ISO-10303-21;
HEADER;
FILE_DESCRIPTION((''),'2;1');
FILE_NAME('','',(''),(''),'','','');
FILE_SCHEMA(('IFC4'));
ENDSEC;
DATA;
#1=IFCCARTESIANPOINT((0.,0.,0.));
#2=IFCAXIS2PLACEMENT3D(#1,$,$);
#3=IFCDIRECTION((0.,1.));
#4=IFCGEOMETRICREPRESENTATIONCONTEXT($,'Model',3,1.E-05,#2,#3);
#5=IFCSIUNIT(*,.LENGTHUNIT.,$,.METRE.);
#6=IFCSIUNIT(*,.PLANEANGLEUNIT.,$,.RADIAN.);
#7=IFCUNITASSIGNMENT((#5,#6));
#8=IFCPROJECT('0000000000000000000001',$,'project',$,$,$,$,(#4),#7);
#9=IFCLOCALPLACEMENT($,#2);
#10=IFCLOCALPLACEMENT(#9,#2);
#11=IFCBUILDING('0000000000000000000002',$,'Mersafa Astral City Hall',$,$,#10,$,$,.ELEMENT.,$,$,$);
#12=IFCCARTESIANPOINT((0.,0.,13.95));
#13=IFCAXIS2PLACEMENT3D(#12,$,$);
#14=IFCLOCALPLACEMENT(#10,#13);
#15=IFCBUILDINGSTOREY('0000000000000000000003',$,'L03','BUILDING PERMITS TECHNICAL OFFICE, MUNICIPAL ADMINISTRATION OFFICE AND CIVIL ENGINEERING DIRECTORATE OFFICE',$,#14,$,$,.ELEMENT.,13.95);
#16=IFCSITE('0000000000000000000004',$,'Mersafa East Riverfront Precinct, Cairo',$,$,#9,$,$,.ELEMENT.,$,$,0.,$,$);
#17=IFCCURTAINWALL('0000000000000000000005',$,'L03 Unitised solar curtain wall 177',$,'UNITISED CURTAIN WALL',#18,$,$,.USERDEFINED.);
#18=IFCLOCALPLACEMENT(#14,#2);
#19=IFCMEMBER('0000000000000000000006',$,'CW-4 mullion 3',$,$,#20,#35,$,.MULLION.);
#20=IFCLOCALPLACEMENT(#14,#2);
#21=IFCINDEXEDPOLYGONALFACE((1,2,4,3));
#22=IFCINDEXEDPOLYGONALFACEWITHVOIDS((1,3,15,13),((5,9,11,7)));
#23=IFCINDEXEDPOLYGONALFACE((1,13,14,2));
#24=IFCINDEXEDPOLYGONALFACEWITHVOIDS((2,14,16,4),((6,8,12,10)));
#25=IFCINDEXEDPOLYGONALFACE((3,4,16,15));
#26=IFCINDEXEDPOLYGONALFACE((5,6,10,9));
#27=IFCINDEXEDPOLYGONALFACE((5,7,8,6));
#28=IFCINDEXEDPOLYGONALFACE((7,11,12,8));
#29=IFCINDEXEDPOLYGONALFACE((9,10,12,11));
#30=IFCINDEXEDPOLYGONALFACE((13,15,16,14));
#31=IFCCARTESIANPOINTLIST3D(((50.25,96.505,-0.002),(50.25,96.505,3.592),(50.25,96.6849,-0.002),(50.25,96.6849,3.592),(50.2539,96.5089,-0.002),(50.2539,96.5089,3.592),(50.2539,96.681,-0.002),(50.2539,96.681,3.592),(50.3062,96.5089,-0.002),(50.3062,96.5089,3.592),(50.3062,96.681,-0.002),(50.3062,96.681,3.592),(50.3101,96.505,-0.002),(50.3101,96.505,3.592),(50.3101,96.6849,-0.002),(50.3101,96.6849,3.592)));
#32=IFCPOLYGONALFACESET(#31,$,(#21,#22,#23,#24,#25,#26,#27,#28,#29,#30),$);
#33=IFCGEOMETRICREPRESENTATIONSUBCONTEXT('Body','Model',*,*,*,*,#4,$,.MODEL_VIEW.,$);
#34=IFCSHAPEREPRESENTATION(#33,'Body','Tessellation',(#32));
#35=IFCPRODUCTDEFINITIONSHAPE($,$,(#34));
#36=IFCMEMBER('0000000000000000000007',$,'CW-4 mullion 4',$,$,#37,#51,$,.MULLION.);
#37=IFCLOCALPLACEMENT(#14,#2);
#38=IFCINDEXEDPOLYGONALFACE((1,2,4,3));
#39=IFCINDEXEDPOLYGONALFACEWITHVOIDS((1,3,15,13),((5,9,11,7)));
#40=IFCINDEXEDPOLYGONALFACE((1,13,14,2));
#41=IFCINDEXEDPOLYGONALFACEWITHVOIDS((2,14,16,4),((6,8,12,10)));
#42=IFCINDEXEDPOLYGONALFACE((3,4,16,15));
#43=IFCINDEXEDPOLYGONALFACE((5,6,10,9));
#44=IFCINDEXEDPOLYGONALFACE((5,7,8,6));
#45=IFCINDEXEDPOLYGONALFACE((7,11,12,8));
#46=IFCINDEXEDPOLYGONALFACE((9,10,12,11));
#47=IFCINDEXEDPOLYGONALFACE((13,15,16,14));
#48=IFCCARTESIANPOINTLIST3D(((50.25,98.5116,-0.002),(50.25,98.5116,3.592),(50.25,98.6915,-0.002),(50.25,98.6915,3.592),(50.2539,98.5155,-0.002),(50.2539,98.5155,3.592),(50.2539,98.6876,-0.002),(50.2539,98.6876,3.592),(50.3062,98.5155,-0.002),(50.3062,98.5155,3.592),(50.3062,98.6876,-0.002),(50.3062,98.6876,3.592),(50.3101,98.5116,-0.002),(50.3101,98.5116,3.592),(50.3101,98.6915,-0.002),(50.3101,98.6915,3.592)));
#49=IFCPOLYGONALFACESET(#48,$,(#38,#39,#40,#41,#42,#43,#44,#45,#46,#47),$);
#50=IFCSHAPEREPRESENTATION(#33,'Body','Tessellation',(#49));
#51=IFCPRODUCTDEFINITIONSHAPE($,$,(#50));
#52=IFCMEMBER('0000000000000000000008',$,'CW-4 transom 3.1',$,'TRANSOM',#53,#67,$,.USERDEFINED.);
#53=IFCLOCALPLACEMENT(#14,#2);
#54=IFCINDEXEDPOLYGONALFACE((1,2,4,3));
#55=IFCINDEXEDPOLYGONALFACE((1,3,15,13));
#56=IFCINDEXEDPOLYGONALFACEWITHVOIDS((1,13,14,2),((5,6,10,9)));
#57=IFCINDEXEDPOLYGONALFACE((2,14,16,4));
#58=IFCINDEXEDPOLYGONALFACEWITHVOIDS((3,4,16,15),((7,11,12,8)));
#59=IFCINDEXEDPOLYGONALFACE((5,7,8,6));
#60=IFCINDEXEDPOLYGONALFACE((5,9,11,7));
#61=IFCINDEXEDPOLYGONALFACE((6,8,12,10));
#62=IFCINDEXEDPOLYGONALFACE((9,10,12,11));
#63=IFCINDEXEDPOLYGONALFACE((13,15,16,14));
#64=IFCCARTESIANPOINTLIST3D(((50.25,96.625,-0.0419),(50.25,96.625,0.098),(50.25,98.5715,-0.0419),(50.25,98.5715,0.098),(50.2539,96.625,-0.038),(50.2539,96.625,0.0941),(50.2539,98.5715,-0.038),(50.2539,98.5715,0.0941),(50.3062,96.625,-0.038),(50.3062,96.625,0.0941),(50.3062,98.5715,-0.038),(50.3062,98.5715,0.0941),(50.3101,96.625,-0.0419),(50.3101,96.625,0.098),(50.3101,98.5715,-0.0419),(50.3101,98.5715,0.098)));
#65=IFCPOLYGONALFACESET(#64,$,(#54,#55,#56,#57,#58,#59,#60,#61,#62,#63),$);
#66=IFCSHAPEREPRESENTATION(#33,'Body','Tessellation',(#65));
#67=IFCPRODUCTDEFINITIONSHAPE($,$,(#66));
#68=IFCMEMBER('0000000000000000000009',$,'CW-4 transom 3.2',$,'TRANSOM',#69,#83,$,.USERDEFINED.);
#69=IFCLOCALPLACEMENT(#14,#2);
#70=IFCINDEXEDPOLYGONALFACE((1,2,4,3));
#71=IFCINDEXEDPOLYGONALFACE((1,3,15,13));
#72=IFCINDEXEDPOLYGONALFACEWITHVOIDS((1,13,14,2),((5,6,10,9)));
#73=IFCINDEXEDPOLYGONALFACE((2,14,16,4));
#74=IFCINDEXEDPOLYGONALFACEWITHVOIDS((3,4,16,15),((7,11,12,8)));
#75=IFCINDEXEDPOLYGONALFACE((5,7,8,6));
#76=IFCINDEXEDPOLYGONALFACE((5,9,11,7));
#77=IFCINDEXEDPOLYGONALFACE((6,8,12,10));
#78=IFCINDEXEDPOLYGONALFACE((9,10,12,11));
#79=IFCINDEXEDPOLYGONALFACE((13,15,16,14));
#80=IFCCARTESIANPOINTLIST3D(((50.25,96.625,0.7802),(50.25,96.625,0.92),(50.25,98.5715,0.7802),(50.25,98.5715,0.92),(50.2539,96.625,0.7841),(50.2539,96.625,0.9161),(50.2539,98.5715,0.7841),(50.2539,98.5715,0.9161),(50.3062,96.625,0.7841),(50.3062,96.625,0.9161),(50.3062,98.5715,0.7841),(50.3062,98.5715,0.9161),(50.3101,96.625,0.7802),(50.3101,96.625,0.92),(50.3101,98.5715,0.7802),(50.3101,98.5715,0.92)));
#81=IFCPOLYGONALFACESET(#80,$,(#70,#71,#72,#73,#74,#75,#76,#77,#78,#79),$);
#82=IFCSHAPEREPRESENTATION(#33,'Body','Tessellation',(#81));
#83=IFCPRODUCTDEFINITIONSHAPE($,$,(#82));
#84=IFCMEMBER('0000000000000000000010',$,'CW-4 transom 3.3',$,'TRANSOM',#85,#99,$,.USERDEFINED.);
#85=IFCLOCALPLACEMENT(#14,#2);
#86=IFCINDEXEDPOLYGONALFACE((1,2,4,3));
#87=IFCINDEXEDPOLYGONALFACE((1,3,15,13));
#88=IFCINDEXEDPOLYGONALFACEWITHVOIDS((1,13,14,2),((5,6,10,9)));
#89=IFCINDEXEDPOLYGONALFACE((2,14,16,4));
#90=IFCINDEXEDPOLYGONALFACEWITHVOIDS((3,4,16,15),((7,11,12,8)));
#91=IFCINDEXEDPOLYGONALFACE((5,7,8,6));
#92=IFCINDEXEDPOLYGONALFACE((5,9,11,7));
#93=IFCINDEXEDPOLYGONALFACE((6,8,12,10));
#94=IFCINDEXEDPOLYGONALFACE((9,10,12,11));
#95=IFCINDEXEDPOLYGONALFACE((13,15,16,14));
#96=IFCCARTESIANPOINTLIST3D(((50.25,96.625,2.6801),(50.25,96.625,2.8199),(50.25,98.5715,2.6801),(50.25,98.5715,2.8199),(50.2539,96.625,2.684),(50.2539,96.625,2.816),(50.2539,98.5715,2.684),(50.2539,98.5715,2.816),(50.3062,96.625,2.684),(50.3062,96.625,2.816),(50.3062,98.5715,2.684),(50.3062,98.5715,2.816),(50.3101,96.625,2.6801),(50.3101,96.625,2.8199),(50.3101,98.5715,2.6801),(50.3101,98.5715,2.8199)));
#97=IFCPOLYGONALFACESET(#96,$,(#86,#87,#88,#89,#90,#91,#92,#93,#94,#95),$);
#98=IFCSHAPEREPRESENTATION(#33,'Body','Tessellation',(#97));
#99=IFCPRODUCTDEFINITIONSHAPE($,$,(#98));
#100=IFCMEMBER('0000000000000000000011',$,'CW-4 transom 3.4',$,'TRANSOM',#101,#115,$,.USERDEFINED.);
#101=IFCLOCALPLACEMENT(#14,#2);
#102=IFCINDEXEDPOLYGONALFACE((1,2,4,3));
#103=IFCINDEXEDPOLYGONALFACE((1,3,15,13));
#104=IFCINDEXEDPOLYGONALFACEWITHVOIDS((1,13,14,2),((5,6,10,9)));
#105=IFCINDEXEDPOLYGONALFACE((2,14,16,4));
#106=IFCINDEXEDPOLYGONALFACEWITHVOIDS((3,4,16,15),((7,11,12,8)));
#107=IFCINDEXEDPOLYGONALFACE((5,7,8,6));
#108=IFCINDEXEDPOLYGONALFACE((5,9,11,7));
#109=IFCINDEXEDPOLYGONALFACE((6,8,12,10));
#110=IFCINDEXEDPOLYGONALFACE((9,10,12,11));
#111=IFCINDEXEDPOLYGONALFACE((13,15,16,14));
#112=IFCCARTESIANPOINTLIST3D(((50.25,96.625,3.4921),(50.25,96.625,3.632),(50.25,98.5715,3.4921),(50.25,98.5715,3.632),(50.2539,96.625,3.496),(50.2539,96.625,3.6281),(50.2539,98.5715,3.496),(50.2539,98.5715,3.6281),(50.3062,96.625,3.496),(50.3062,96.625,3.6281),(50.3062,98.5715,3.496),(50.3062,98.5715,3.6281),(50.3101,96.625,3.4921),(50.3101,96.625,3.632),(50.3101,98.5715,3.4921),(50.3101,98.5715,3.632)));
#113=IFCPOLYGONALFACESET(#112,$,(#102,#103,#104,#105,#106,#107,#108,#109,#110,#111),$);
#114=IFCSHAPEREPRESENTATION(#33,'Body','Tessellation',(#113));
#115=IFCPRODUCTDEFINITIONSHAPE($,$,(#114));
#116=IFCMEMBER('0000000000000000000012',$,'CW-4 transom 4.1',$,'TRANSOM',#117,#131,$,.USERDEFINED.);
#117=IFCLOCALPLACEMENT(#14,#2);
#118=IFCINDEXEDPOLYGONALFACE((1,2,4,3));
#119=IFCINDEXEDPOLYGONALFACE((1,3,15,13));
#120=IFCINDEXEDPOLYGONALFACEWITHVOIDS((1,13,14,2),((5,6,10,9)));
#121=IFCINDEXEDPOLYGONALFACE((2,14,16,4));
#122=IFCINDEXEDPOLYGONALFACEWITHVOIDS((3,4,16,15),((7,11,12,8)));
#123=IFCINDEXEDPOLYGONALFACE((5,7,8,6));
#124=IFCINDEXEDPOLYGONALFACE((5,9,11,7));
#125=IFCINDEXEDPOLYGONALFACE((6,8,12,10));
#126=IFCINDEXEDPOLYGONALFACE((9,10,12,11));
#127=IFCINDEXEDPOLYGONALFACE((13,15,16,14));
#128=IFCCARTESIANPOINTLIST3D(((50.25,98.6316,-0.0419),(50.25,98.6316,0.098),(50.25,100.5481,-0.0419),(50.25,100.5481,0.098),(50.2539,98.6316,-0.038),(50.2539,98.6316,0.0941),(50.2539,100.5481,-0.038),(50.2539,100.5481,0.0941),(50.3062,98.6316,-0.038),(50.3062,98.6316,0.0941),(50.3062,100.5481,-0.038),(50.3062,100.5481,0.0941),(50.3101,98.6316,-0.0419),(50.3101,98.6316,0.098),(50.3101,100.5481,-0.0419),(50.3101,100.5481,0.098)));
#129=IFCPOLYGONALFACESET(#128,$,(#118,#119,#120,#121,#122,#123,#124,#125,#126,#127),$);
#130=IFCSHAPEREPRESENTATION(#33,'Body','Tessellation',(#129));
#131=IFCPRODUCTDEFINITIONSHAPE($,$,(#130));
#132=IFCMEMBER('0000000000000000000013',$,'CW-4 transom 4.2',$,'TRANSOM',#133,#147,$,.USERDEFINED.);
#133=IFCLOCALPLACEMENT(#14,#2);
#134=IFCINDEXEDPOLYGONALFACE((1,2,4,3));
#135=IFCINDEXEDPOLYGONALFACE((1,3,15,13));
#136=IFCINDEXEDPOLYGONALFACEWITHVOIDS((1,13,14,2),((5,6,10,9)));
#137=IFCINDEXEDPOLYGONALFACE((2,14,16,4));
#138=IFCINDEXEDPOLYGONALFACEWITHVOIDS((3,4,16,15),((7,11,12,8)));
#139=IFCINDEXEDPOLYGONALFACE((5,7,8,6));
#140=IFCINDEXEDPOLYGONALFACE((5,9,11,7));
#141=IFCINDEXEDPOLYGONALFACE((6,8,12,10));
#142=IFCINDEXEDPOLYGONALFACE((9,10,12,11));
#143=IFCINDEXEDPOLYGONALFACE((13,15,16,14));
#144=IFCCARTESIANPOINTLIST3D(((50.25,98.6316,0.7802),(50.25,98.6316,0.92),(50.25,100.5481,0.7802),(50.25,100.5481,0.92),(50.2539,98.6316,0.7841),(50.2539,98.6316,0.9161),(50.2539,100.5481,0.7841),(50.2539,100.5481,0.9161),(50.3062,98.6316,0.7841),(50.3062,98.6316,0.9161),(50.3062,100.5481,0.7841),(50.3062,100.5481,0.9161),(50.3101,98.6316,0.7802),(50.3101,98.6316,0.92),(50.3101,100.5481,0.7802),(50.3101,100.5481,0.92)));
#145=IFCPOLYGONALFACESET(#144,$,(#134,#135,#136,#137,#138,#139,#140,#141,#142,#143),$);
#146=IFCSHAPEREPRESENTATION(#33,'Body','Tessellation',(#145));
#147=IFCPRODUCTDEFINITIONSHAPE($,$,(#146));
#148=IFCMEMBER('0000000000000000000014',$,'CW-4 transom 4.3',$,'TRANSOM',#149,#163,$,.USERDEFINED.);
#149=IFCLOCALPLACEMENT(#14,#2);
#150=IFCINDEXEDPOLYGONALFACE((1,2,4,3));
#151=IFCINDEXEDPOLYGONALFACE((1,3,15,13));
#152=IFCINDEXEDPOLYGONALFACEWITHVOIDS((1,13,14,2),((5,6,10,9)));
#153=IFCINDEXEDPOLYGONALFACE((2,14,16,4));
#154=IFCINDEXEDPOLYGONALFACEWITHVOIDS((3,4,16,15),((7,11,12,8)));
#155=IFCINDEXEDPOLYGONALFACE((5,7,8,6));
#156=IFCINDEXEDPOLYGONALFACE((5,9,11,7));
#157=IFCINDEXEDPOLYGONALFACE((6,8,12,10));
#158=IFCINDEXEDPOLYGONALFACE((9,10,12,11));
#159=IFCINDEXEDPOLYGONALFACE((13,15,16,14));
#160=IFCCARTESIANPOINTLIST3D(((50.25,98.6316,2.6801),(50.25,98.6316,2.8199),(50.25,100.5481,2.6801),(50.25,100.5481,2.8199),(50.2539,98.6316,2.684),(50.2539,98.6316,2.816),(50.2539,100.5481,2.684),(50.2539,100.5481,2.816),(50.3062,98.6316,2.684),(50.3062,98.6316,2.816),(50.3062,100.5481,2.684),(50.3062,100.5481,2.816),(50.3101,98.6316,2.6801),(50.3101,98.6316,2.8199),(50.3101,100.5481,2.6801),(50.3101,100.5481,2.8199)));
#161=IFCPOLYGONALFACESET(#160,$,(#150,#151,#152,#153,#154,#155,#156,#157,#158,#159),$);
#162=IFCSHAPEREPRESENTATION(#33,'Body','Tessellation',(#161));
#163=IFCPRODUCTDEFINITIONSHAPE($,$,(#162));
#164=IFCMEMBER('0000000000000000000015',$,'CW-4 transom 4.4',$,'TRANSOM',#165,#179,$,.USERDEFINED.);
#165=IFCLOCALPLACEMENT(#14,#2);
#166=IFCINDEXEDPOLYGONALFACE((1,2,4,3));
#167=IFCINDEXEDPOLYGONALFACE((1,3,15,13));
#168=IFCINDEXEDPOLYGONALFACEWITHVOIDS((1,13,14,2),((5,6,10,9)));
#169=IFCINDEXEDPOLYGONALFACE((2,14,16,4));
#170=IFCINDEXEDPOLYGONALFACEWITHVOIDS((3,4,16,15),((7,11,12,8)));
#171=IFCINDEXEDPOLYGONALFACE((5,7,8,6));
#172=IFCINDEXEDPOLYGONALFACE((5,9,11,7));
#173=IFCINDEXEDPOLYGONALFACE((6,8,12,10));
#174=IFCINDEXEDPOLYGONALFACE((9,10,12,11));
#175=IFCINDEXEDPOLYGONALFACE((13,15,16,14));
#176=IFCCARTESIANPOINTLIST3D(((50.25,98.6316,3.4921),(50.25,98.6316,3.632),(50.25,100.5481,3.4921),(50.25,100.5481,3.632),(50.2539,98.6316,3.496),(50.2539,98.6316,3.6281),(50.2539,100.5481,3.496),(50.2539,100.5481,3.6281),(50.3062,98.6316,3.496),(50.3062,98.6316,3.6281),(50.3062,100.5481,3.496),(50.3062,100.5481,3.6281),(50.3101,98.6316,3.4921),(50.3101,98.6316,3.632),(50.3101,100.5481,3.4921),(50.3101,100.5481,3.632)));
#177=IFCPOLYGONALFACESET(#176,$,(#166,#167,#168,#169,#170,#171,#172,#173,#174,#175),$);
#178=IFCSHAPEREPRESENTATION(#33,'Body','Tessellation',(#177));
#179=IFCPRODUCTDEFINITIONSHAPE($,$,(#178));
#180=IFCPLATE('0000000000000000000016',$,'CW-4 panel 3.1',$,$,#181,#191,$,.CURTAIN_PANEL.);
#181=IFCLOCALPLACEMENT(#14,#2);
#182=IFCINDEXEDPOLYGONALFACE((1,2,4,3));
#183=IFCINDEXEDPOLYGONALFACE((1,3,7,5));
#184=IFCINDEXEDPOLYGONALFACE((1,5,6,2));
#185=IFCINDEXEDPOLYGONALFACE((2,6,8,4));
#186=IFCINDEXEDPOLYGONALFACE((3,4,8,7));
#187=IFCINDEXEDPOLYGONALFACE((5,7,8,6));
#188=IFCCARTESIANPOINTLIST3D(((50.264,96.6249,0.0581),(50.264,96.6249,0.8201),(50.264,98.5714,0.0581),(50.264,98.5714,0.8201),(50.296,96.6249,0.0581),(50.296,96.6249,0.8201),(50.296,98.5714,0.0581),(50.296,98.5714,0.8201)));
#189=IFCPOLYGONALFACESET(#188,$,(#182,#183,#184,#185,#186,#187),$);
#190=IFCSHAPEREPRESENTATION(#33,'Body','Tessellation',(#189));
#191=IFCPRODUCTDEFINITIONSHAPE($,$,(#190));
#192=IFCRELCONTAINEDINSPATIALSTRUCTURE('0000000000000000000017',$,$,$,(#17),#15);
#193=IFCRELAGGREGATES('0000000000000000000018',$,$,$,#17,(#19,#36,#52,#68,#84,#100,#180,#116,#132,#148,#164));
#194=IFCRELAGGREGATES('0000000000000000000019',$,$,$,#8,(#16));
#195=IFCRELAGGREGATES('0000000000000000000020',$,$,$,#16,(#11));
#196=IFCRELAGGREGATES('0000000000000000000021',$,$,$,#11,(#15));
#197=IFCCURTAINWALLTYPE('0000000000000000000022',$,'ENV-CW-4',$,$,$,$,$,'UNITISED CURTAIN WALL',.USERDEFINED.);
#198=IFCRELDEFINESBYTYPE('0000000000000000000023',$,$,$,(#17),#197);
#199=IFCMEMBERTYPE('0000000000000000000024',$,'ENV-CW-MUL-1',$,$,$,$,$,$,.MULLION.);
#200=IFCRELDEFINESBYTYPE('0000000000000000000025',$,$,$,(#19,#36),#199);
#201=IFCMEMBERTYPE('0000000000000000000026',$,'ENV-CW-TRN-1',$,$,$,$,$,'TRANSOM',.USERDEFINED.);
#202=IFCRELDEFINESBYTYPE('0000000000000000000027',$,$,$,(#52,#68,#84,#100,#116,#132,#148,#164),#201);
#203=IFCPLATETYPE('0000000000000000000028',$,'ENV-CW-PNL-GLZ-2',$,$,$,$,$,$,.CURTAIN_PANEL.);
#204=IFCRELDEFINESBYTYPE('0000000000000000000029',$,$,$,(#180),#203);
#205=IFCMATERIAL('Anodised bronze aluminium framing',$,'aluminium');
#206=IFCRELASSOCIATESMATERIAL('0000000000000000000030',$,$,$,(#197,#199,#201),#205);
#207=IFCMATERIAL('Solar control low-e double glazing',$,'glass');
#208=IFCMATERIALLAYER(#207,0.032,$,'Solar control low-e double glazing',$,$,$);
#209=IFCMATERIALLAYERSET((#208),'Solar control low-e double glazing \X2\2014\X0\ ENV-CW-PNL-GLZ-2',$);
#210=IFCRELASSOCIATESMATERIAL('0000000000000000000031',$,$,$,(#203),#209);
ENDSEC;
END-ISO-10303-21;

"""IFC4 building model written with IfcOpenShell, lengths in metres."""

from ifc_helpers import new_model, si_unit, direction, frame, origin, origin_2d, place, context, subcontext, project, spatial, rectangle, hollow_rectangle, extrude, material, layer, layer_set, material_profile, profile_set, type_object, element, aggregate, save


model = new_model("IFC4")

# Units and contexts
model_context = context("Model", 3, precision=1e-05, world=origin(), true_north=direction((0.0, 1.0)))
body_context = subcontext(model_context, "Body", "Model", "MODEL_VIEW")
ifc_project = project(units=[si_unit("LENGTHUNIT", "METRE"), si_unit("PLANEANGLEUNIT", "RADIAN")], contexts=[model_context])

# Site, building, storey
site_placement = place(None, origin())
site = spatial("IfcSite", under=ifc_project, at=site_placement, Name="Mersafa East Riverfront Precinct, Cairo", CompositionType="ELEMENT", RefElevation=0.0)
building_placement = place(site_placement, origin())
building = spatial("IfcBuilding", under=site, at=building_placement, Name="Mersafa Astral City Hall", CompositionType="ELEMENT")
storey_placement = place(building_placement, frame((0.0, 0.0, 13.95)))
storey = spatial("IfcBuildingStorey", under=building, at=storey_placement, Name="L03", Description="BUILDING PERMITS TECHNICAL OFFICE, MUNICIPAL ADMINISTRATION OFFICE AND CIVIL ENGINEERING DIRECTORATE OFFICE", CompositionType="ELEMENT", Elevation=13.95)

# Curtain wall, members, plate
ifc_material_1 = material(Name="Anodised bronze aluminium framing", Category="aluminium")
curtain_wall_type = type_object("IfcCurtainWallType", Name="ENV-CW-4", ElementType="UNITISED CURTAIN WALL", PredefinedType="USERDEFINED", material=ifc_material_1)
curtain_wall_placement = place(storey_placement, origin())
curtain_wall = element("IfcCurtainWall", 1, at=curtain_wall_placement, inside=storey, type_object=curtain_wall_type, Name="L03 Unitised solar curtain wall 177", ObjectType="UNITISED CURTAIN WALL", PredefinedType="USERDEFINED")
ifc_material_profile_1 = material_profile(ifc_material_1, hollow_rectangle(XDim=0.0601, YDim=0.1799, WallThickness=0.0039, at=origin_2d()), Name="RHS 60x180x4")
ifc_profile_set_1 = profile_set([ifc_material_profile_1], Name="Anodised bronze aluminium framing")
member_type_1 = type_object("IfcMemberType", Name="ENV-CW-MUL-1", PredefinedType="MULLION", material=ifc_profile_set_1)
member_1_placement = place(storey_placement, frame((50.28, 96.595, -0.002), z_axis=(0.0, 0.0, 1.0), x_axis=(-1.0, 0.0, 0.0)))
member_1 = element("IfcMember", 2, at=member_1_placement, type_object=member_type_1, Name="CW-4 mullion 3", PredefinedType="MULLION", context=body_context, shape_type="SweptSolid", body=[
    extrude(hollow_rectangle(XDim=0.0601, YDim=0.1799, WallThickness=0.0039, at=origin_2d()), origin(), (0.0, 0.0, 1.0), 3.594),
])
member_2_placement = place(storey_placement, frame((50.28, 98.6016, -0.002), z_axis=(0.0, 0.0, 1.0), x_axis=(-1.0, 0.0, 0.0)))
member_2 = element("IfcMember", 3, at=member_2_placement, type_object=member_type_1, Name="CW-4 mullion 4", PredefinedType="MULLION", context=body_context, shape_type="SweptSolid", body=[
    extrude(hollow_rectangle(XDim=0.0601, YDim=0.1799, WallThickness=0.0039, at=origin_2d()), origin(), (0.0, 0.0, 1.0), 3.594),
])
ifc_material_profile_2 = material_profile(ifc_material_1, hollow_rectangle(XDim=0.0601, YDim=0.1399, WallThickness=0.0039, at=origin_2d()), Name="RHS 60x140x4")
ifc_profile_set_2 = profile_set([ifc_material_profile_2], Name="Anodised bronze aluminium framing")
member_type_2 = type_object("IfcMemberType", Name="ENV-CW-TRN-1", ElementType="TRANSOM", PredefinedType="USERDEFINED", material=ifc_profile_set_2)
member_3_placement = place(storey_placement, frame((50.28, 96.625, 0.0281), z_axis=(0.0, 1.0, 0.0), x_axis=(-1.0, 0.0, 0.0)))
member_3 = element("IfcMember", 4, at=member_3_placement, type_object=member_type_2, Name="CW-4 transom 3.1", ObjectType="TRANSOM", PredefinedType="USERDEFINED", context=body_context, shape_type="SweptSolid", body=[
    extrude(hollow_rectangle(XDim=0.0601, YDim=0.1399, WallThickness=0.0039, at=origin_2d()), origin(), (0.0, 0.0, 1.0), 1.9465),
])
member_4_placement = place(storey_placement, frame((50.28, 96.625, 0.8501), z_axis=(0.0, 1.0, 0.0), x_axis=(-1.0, 0.0, 0.0)))
member_4 = element("IfcMember", 5, at=member_4_placement, type_object=member_type_2, Name="CW-4 transom 3.2", ObjectType="TRANSOM", PredefinedType="USERDEFINED", context=body_context, shape_type="SweptSolid", body=[
    extrude(hollow_rectangle(XDim=0.0601, YDim=0.1399, WallThickness=0.0039, at=origin_2d()), origin(), (0.0, 0.0, 1.0), 1.9465),
])
member_5_placement = place(storey_placement, frame((50.28, 96.625, 2.75), z_axis=(0.0, 1.0, 0.0), x_axis=(-1.0, 0.0, 0.0)))
member_5 = element("IfcMember", 6, at=member_5_placement, type_object=member_type_2, Name="CW-4 transom 3.3", ObjectType="TRANSOM", PredefinedType="USERDEFINED", context=body_context, shape_type="SweptSolid", body=[
    extrude(hollow_rectangle(XDim=0.0601, YDim=0.1399, WallThickness=0.0039, at=origin_2d()), origin(), (0.0, 0.0, 1.0), 1.9465),
])
member_6_placement = place(storey_placement, frame((50.28, 96.625, 3.562), z_axis=(0.0, 1.0, 0.0), x_axis=(-1.0, 0.0, 0.0)))
member_6 = element("IfcMember", 7, at=member_6_placement, type_object=member_type_2, Name="CW-4 transom 3.4", ObjectType="TRANSOM", PredefinedType="USERDEFINED", context=body_context, shape_type="SweptSolid", body=[
    extrude(hollow_rectangle(XDim=0.0601, YDim=0.1399, WallThickness=0.0039, at=origin_2d()), origin(), (0.0, 0.0, 1.0), 1.9465),
])
member_7_placement = place(storey_placement, frame((50.28, 98.6316, 0.0281), z_axis=(0.0, 1.0, 0.0), x_axis=(-1.0, 0.0, 0.0)))
member_7 = element("IfcMember", 8, at=member_7_placement, type_object=member_type_2, Name="CW-4 transom 4.1", ObjectType="TRANSOM", PredefinedType="USERDEFINED", context=body_context, shape_type="SweptSolid", body=[
    extrude(hollow_rectangle(XDim=0.0601, YDim=0.1399, WallThickness=0.0039, at=origin_2d()), origin(), (0.0, 0.0, 1.0), 1.9165),
])
member_8_placement = place(storey_placement, frame((50.28, 98.6316, 0.8501), z_axis=(0.0, 1.0, 0.0), x_axis=(-1.0, 0.0, 0.0)))
member_8 = element("IfcMember", 9, at=member_8_placement, type_object=member_type_2, Name="CW-4 transom 4.2", ObjectType="TRANSOM", PredefinedType="USERDEFINED", context=body_context, shape_type="SweptSolid", body=[
    extrude(hollow_rectangle(XDim=0.0601, YDim=0.1399, WallThickness=0.0039, at=origin_2d()), origin(), (0.0, 0.0, 1.0), 1.9165),
])
member_9_placement = place(storey_placement, frame((50.28, 98.6316, 2.75), z_axis=(0.0, 1.0, 0.0), x_axis=(-1.0, 0.0, 0.0)))
member_9 = element("IfcMember", 10, at=member_9_placement, type_object=member_type_2, Name="CW-4 transom 4.3", ObjectType="TRANSOM", PredefinedType="USERDEFINED", context=body_context, shape_type="SweptSolid", body=[
    extrude(hollow_rectangle(XDim=0.0601, YDim=0.1399, WallThickness=0.0039, at=origin_2d()), origin(), (0.0, 0.0, 1.0), 1.9165),
])
member_10_placement = place(storey_placement, frame((50.28, 98.6316, 3.562), z_axis=(0.0, 1.0, 0.0), x_axis=(-1.0, 0.0, 0.0)))
member_10 = element("IfcMember", 11, at=member_10_placement, type_object=member_type_2, Name="CW-4 transom 4.4", ObjectType="TRANSOM", PredefinedType="USERDEFINED", context=body_context, shape_type="SweptSolid", body=[
    extrude(hollow_rectangle(XDim=0.0601, YDim=0.1399, WallThickness=0.0039, at=origin_2d()), origin(), (0.0, 0.0, 1.0), 1.9165),
])
ifc_material_2 = material(Name="Solar control low-e double glazing", Category="glass")
ifc_layer = layer(ifc_material_2, 0.032, Name="Solar control low-e double glazing")
ifc_layer_set = layer_set([ifc_layer], Name="Solar control low-e double glazing — ENV-CW-PNL-GLZ-2")
plate_type = type_object("IfcPlateType", Name="ENV-CW-PNL-GLZ-2", PredefinedType="CURTAIN_PANEL", material=ifc_layer_set)
plate_1_placement = place(storey_placement, frame((50.28, 97.5981, 0.0581), z_axis=(0.0, 0.0, 1.0), x_axis=(0.0, 1.0, 0.0)))
plate_1 = element("IfcPlate", 12, at=plate_1_placement, type_object=plate_type, Name="CW-4 panel 3.1", PredefinedType="CURTAIN_PANEL", context=body_context, shape_type="SweptSolid", body=[
    extrude(rectangle(XDim=1.9465, YDim=0.032, at=origin_2d()), origin(), (0.0, 0.0, 1.0), 0.762),
])
aggregate(curtain_wall, [member_1, member_2, member_3, member_4, member_5, member_6, plate_1, member_7, member_8, member_9, member_10])

save(model, "model.ifc")
